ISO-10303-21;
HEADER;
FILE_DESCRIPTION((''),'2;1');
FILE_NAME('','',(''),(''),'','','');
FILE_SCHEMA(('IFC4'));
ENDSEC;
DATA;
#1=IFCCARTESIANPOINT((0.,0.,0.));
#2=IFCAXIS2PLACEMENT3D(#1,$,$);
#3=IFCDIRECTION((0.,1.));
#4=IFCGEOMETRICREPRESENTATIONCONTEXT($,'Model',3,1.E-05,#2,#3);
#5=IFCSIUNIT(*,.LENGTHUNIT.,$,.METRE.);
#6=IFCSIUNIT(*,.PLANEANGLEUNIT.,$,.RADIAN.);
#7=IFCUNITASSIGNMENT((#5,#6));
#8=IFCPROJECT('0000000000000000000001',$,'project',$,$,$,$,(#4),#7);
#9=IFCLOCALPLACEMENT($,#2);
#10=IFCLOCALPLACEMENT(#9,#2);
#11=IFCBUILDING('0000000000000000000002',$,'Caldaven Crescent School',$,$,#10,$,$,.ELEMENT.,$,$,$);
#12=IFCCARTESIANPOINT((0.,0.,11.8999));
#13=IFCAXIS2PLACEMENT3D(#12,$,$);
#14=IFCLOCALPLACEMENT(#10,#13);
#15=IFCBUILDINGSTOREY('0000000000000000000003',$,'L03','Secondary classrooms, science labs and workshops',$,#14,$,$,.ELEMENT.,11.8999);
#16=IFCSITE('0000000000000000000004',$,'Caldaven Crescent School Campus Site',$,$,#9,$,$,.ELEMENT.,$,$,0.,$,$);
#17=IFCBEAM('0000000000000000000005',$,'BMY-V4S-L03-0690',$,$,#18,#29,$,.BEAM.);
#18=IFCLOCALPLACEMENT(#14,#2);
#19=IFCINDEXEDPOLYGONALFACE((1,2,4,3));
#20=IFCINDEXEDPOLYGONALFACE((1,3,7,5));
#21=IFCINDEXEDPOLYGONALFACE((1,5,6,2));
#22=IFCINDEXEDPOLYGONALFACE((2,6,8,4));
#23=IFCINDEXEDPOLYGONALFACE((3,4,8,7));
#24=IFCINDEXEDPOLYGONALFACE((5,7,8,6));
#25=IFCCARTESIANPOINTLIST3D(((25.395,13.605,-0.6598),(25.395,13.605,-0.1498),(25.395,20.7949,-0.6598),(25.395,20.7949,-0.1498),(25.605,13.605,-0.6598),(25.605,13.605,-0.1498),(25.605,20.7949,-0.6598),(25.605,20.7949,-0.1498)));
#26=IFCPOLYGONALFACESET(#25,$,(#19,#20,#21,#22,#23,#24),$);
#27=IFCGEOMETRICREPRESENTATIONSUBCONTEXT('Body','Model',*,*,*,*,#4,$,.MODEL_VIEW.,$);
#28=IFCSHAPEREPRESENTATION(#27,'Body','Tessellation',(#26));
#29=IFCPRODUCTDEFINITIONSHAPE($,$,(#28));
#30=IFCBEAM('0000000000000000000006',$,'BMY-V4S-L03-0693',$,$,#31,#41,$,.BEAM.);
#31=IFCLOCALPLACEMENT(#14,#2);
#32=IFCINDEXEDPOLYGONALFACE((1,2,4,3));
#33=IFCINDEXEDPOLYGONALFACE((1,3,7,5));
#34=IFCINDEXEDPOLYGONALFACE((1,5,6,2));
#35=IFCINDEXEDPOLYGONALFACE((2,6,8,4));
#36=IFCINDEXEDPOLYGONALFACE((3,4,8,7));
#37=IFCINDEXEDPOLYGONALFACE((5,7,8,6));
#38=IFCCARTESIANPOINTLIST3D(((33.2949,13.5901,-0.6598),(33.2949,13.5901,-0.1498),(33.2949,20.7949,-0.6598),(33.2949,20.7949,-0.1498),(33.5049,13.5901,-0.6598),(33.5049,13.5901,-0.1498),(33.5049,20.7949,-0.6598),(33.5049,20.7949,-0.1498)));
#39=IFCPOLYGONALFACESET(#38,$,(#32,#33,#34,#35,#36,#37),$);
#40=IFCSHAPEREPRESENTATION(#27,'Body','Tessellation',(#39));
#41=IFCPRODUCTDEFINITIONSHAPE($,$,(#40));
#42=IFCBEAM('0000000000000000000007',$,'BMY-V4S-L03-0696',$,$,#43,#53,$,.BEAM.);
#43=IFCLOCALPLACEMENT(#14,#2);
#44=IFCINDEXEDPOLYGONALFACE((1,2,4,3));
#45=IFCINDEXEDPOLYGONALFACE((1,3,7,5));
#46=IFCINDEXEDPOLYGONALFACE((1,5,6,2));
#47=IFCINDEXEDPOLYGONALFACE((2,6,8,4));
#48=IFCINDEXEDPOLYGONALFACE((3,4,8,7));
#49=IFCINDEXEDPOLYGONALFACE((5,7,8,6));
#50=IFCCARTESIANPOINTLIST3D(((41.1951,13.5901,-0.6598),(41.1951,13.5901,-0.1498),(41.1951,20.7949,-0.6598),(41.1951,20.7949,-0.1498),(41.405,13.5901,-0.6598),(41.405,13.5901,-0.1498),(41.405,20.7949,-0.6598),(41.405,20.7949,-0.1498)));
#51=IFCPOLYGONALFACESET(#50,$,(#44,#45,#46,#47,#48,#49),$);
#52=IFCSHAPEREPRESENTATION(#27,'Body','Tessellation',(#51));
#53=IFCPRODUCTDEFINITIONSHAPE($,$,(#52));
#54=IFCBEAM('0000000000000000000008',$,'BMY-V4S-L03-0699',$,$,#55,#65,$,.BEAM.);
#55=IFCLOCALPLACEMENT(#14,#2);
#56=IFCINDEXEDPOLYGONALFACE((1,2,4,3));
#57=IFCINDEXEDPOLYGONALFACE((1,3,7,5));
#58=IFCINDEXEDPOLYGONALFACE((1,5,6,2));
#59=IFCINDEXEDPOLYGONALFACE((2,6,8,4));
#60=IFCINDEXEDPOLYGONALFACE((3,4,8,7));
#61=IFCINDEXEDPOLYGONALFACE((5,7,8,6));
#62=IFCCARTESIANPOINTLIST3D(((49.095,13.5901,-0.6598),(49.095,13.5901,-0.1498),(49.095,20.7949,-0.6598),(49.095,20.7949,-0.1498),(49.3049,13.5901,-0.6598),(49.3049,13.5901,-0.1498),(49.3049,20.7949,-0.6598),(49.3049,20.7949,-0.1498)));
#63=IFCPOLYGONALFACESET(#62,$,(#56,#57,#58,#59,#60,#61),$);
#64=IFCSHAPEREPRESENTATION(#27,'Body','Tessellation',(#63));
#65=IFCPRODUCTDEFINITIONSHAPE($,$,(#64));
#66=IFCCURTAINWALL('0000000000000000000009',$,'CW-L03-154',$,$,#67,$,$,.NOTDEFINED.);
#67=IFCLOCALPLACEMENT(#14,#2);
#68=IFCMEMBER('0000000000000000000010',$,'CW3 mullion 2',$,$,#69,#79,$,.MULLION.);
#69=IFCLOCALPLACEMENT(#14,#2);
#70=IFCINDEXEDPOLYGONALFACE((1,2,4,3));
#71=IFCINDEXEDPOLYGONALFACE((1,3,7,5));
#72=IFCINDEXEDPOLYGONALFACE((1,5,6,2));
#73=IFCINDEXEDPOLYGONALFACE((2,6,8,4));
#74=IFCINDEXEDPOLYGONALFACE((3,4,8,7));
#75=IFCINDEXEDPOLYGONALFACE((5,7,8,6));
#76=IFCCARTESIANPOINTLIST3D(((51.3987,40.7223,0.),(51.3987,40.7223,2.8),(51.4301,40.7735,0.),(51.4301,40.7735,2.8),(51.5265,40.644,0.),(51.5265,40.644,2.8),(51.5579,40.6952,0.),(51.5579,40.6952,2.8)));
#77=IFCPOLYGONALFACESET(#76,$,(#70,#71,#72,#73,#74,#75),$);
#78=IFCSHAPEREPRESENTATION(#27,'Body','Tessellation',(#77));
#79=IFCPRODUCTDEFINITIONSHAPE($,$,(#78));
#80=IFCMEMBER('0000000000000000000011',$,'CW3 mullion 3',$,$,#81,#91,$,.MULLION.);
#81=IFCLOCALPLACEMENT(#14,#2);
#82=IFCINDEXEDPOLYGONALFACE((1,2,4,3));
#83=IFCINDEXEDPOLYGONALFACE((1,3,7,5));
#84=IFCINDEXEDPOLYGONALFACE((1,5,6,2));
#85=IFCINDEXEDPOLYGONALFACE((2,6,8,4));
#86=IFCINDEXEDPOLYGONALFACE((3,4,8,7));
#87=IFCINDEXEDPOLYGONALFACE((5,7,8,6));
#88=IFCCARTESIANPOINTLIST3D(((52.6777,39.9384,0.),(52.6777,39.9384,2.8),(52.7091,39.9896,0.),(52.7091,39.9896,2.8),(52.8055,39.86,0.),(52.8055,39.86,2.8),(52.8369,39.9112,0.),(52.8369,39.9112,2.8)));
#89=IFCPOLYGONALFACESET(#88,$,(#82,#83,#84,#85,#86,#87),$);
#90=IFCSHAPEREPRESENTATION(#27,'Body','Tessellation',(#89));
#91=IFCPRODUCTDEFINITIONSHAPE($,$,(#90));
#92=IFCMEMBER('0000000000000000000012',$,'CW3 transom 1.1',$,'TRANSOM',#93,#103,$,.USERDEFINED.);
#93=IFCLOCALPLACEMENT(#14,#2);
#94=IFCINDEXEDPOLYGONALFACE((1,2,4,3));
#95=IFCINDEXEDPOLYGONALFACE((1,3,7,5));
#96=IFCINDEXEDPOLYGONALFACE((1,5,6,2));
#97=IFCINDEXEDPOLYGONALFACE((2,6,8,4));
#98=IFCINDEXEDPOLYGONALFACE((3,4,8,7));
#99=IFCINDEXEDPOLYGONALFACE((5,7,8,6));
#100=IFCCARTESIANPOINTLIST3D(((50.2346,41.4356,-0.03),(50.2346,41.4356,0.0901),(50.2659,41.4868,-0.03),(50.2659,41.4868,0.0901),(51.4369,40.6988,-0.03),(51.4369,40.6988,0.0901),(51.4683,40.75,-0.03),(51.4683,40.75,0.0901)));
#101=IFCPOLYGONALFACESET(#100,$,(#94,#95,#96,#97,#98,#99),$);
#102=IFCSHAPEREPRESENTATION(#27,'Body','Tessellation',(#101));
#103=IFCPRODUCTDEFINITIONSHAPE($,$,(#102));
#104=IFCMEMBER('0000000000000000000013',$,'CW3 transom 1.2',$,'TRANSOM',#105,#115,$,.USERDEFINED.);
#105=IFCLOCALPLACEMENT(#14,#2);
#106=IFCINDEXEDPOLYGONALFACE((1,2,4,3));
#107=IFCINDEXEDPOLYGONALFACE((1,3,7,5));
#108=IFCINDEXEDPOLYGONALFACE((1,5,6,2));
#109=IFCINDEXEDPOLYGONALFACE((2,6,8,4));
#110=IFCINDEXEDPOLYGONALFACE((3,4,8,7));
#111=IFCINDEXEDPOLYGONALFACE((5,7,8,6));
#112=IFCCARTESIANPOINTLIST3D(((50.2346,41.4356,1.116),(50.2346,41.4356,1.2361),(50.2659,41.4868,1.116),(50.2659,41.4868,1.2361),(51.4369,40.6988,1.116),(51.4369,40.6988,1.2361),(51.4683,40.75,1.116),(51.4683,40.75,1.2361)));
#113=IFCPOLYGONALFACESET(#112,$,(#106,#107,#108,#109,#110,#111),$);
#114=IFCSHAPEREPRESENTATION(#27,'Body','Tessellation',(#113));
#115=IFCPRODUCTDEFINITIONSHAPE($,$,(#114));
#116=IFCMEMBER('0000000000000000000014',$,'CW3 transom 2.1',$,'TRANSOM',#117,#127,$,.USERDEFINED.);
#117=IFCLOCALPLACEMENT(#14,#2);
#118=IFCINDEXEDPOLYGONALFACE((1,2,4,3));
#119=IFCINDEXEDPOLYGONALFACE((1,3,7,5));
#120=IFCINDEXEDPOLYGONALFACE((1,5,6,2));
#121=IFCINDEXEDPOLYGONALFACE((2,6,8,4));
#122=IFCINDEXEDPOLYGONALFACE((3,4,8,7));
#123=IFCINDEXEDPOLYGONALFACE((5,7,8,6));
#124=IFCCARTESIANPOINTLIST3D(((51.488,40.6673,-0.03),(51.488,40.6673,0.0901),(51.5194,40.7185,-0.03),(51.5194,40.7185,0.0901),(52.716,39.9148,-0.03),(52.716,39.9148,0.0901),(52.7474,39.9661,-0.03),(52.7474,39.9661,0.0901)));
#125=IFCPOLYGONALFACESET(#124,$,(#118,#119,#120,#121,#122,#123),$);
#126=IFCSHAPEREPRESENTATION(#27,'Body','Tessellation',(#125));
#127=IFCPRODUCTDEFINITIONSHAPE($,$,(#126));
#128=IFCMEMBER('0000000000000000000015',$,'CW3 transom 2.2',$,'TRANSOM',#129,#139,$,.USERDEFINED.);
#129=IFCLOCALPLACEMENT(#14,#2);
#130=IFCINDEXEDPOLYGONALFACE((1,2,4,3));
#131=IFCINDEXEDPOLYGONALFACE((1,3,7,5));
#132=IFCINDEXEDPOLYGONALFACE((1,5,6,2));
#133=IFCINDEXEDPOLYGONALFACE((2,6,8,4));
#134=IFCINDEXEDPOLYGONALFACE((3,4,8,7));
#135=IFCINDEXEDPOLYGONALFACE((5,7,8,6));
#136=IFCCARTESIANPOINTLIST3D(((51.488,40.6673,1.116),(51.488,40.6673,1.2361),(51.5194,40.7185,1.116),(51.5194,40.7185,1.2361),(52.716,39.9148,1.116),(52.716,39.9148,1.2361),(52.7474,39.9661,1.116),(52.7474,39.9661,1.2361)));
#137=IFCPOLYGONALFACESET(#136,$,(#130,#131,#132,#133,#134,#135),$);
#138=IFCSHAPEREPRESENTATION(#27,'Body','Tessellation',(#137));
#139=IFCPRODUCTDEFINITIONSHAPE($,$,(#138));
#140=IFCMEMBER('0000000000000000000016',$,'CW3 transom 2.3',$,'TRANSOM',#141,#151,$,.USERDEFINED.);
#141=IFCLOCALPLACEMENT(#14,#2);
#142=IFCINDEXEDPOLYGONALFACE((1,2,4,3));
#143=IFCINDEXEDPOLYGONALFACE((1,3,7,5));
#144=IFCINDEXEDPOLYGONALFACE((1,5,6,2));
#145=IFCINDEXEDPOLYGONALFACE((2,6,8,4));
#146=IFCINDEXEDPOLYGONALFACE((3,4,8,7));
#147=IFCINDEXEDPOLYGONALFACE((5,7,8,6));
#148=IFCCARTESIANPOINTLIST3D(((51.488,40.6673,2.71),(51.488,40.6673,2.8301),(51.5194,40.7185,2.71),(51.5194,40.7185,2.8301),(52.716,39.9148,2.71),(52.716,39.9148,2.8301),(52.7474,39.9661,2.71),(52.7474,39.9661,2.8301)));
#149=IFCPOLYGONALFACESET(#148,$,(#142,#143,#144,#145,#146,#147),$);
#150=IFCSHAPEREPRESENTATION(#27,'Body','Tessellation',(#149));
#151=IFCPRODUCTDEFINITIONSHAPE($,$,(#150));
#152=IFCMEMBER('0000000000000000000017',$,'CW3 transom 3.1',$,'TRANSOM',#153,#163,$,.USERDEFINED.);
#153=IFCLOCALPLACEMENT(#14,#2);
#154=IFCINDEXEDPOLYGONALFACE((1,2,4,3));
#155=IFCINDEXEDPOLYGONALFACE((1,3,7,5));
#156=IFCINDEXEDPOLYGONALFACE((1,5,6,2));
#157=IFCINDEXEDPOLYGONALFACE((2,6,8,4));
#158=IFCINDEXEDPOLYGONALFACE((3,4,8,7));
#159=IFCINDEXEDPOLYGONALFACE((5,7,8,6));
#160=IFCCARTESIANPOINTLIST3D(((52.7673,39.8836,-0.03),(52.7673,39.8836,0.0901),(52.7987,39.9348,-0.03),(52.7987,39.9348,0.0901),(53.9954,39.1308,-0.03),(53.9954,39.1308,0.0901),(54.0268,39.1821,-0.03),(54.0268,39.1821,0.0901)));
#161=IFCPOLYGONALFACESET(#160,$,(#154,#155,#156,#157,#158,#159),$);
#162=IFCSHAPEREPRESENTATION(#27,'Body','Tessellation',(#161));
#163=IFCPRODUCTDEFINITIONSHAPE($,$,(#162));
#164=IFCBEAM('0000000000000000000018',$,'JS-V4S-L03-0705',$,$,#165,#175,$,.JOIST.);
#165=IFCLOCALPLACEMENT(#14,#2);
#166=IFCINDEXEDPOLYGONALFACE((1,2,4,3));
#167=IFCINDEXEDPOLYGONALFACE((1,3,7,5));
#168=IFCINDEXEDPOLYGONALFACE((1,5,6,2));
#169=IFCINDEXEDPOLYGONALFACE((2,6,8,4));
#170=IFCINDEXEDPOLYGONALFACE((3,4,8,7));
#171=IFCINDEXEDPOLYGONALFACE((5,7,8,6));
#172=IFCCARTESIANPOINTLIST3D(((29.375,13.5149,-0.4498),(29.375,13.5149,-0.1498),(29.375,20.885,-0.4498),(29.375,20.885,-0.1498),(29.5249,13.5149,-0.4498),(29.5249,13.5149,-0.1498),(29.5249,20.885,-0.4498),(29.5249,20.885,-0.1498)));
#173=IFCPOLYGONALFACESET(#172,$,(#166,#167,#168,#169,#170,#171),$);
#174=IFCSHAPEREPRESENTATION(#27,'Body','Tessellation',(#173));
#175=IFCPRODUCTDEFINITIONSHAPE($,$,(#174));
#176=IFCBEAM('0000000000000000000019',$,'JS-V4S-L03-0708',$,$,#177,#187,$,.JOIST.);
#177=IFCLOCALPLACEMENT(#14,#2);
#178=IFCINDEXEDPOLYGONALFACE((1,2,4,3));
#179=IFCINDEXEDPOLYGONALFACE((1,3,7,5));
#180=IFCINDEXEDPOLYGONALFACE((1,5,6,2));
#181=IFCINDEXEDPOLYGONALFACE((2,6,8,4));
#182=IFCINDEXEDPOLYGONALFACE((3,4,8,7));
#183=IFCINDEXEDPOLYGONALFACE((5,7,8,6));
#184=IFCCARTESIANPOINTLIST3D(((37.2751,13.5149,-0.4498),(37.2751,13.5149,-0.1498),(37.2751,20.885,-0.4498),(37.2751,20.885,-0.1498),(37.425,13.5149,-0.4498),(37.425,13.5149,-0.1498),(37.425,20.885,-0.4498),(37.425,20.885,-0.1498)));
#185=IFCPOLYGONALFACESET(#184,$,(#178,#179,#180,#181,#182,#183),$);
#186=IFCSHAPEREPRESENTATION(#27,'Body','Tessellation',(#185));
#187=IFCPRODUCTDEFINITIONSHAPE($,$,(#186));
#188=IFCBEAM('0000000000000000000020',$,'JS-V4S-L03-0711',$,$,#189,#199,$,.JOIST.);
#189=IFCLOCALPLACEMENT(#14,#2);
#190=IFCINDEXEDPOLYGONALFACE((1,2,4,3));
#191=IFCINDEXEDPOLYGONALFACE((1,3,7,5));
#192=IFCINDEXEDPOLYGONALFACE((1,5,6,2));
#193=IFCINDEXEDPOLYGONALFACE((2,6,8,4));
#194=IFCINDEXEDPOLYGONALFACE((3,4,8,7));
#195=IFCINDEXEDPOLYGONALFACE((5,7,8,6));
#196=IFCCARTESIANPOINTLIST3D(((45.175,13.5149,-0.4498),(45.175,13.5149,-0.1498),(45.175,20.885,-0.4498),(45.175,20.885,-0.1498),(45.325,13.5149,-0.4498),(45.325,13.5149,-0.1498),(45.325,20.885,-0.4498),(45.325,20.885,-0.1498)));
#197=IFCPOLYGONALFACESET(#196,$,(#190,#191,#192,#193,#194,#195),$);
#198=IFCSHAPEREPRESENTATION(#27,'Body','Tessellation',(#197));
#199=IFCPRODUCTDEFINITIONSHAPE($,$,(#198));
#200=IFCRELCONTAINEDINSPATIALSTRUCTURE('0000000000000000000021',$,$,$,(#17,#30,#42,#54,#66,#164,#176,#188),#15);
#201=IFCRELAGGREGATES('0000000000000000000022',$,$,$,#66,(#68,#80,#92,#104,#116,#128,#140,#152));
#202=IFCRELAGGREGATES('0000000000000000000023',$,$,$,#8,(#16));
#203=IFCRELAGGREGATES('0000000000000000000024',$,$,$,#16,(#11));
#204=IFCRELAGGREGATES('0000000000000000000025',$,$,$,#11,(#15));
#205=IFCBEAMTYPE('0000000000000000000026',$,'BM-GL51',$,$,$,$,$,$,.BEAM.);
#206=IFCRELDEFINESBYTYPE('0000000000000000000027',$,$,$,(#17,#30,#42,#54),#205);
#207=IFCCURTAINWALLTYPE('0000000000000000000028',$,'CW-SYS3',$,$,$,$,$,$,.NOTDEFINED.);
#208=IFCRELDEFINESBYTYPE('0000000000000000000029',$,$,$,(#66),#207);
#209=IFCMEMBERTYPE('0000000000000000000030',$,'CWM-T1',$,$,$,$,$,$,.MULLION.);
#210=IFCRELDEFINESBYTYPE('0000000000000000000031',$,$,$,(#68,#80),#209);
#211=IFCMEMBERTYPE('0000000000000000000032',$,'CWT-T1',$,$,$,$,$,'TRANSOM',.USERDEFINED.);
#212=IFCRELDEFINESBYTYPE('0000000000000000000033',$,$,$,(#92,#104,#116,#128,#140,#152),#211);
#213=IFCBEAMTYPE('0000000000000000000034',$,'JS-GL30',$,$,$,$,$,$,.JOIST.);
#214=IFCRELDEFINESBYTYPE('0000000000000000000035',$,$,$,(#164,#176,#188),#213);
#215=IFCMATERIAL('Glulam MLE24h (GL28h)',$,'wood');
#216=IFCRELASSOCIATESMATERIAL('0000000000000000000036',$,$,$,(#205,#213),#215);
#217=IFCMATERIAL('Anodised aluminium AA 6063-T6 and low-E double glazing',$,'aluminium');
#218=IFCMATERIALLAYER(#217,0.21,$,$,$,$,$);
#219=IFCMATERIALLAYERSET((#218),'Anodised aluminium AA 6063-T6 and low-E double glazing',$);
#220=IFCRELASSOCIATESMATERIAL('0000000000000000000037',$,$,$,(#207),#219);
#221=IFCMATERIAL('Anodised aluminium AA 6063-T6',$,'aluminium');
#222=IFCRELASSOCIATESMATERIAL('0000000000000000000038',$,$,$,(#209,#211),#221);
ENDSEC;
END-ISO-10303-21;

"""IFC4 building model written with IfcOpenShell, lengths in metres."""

from ifc_helpers import new_model, si_unit, direction, frame, origin, origin_2d, place, context, subcontext, project, spatial, rectangle, extrude, material, layer, layer_set, material_profile, profile_set, type_object, element, aggregate, save


model = new_model("IFC4")

# Units and contexts
model_context = context("Model", 3, precision=1e-05, world=origin(), true_north=direction((0.0, 1.0)))
body_context = subcontext(model_context, "Body", "Model", "MODEL_VIEW")
ifc_project = project(units=[si_unit("LENGTHUNIT", "METRE"), si_unit("PLANEANGLEUNIT", "RADIAN")], contexts=[model_context])

# Site, building, storey
site_placement = place(None, origin())
site = spatial("IfcSite", under=ifc_project, at=site_placement, Name="Caldaven Crescent School Campus Site", CompositionType="ELEMENT", RefElevation=0.0)
building_placement = place(site_placement, origin())
building = spatial("IfcBuilding", under=site, at=building_placement, Name="Caldaven Crescent School", CompositionType="ELEMENT")
storey_placement = place(building_placement, frame((0.0, 0.0, 11.8999)))
storey = spatial("IfcBuildingStorey", under=building, at=storey_placement, Name="L03", Description="Secondary classrooms, science labs and workshops", CompositionType="ELEMENT", Elevation=11.8999)

# Beams
ifc_material_1 = material(Name="Glulam MLE24h (GL28h)", Category="wood")
ifc_material_profile_1 = material_profile(ifc_material_1, rectangle(XDim=0.21, YDim=0.51, at=origin_2d()), Name="MLE 210x510")
ifc_profile_set_1 = profile_set([ifc_material_profile_1], Name="Glulam MLE24h (GL28h)")
beam_type_1 = type_object("IfcBeamType", Name="BM-GL51", PredefinedType="BEAM", material=ifc_profile_set_1)
beam_1_placement = place(storey_placement, frame((25.5, 13.605, -0.4048), z_axis=(0.0, 1.0, 0.0), x_axis=(-1.0, 0.0, 0.0)))
element("IfcBeam", 1, at=beam_1_placement, inside=storey, type_object=beam_type_1, Name="BMY-V4S-L03-0690", PredefinedType="BEAM", context=body_context, shape_type="SweptSolid", body=[
    extrude(rectangle(XDim=0.21, YDim=0.51, at=origin_2d()), origin(), (0.0, 0.0, 1.0), 7.1899),
])
for number, where, z_axis, x_axis, name in (
    (2, (33.3999, 13.5901, -0.4048), (0.0, 1.0, 0.0), (-1.0, 0.0, 0.0), "BMY-V4S-L03-0693"),
    (3, (41.3, 13.5901, -0.4048), (0.0, 1.0, 0.0), (-1.0, 0.0, 0.0), "BMY-V4S-L03-0696"),
    (4, (49.2, 13.5901, -0.4048), (0.0, 1.0, 0.0), (-1.0, 0.0, 0.0), "BMY-V4S-L03-0699"),
):
    element("IfcBeam", number, at=place(storey_placement, frame(where, z_axis=z_axis, x_axis=x_axis)), inside=storey, type_object=beam_type_1, Name=name, PredefinedType="BEAM", context=body_context, shape_type="SweptSolid", body=[
        extrude(rectangle(XDim=0.21, YDim=0.51, at=origin_2d()), origin(), (0.0, 0.0, 1.0), 7.2048),
    ])

# Curtain wall, members
ifc_material_2 = material(Name="Anodised aluminium AA 6063-T6 and low-E double glazing", Category="aluminium")
ifc_layer_1 = layer(ifc_material_2, 0.21)
ifc_layer_set_1 = layer_set([ifc_layer_1], Name="Anodised aluminium AA 6063-T6 and low-E double glazing")
curtain_wall_type = type_object("IfcCurtainWallType", Name="CW-SYS3", PredefinedType="NOTDEFINED", material=ifc_layer_set_1)
curtain_wall_placement = place(storey_placement, origin())
curtain_wall = element("IfcCurtainWall", 5, at=curtain_wall_placement, inside=storey, type_object=curtain_wall_type, Name="CW-L03-154", PredefinedType="NOTDEFINED")
ifc_material_3 = material(Name="Anodised aluminium AA 6063-T6", Category="aluminium")
ifc_material_profile_2 = material_profile(ifc_material_3, rectangle(XDim=0.0601, YDim=0.1499, at=origin_2d()), Name="CWM 60x150")
ifc_profile_set_2 = profile_set([ifc_material_profile_2], Name="Anodised aluminium AA 6063-T6")
member_type_1 = type_object("IfcMemberType", Name="CWM-T1", PredefinedType="MULLION", material=ifc_profile_set_2)
member_1_placement = place(storey_placement, frame((51.4783, 40.7087, 0.0), z_axis=(0.0, 0.0, 1.0), x_axis=(0.522498, 0.85264, 0.0)))
member_1 = element("IfcMember", 6, at=member_1_placement, type_object=member_type_1, Name="CW3 mullion 2", PredefinedType="MULLION", context=body_context, shape_type="SweptSolid", body=[
    extrude(rectangle(XDim=0.0601, YDim=0.1499, at=origin_2d()), origin(), (0.0, 0.0, 1.0), 2.8),
])
member_2_placement = place(storey_placement, frame((52.7573, 39.9248, 0.0), z_axis=(0.0, 0.0, 1.0), x_axis=(0.522498, 0.85264, 0.0)))
member_2 = element("IfcMember", 7, at=member_2_placement, type_object=member_type_1, Name="CW3 mullion 3", PredefinedType="MULLION", context=body_context, shape_type="SweptSolid", body=[
    extrude(rectangle(XDim=0.0601, YDim=0.1499, at=origin_2d()), origin(), (0.0, 0.0, 1.0), 2.8),
])
ifc_material_profile_3 = material_profile(ifc_material_3, rectangle(XDim=0.0601, YDim=0.1201, at=origin_2d()), Name="CWT 60x120")
ifc_profile_set_3 = profile_set([ifc_material_profile_3], Name="Anodised aluminium AA 6063-T6")
member_type_2 = type_object("IfcMemberType", Name="CWT-T1", ElementType="TRANSOM", PredefinedType="USERDEFINED", material=ifc_profile_set_3)
member_3_placement = place(storey_placement, frame((50.2502, 41.4612, 0.03), z_axis=(0.852644, -0.522493, 0.0), x_axis=(0.522493, 0.852644, 0.0)))
member_3 = element("IfcMember", 8, at=member_3_placement, type_object=member_type_2, Name="CW3 transom 1.1", ObjectType="TRANSOM", PredefinedType="USERDEFINED", context=body_context, shape_type="SweptSolid", body=[
    extrude(rectangle(XDim=0.0601, YDim=0.1201, at=origin_2d()), origin(), (0.0, 0.0, 1.0), 1.4102),
])
member_4_placement = place(storey_placement, frame((50.2502, 41.4612, 1.176), z_axis=(0.852644, -0.522493, 0.0), x_axis=(0.522493, 0.852644, 0.0)))
member_4 = element("IfcMember", 9, at=member_4_placement, type_object=member_type_2, Name="CW3 transom 1.2", ObjectType="TRANSOM", PredefinedType="USERDEFINED", context=body_context, shape_type="SweptSolid", body=[
    extrude(rectangle(XDim=0.0601, YDim=0.1201, at=origin_2d()), origin(), (0.0, 0.0, 1.0), 1.4102),
])
member_5_placement = place(storey_placement, frame((51.5037, 40.6929, 0.03), z_axis=(0.852669, -0.522451, 0.0), x_axis=(0.522451, 0.852669, 0.0)))
member_5 = element("IfcMember", 10, at=member_5_placement, type_object=member_type_2, Name="CW3 transom 2.1", ObjectType="TRANSOM", PredefinedType="USERDEFINED", context=body_context, shape_type="SweptSolid", body=[
    extrude(rectangle(XDim=0.0601, YDim=0.1201, at=origin_2d()), origin(), (0.0, 0.0, 1.0), 1.4402),
])
member_6_placement = place(storey_placement, frame((51.5037, 40.6929, 1.176), z_axis=(0.852669, -0.522451, 0.0), x_axis=(0.522451, 0.852669, 0.0)))
member_6 = element("IfcMember", 11, at=member_6_placement, type_object=member_type_2, Name="CW3 transom 2.2", ObjectType="TRANSOM", PredefinedType="USERDEFINED", context=body_context, shape_type="SweptSolid", body=[
    extrude(rectangle(XDim=0.0601, YDim=0.1201, at=origin_2d()), origin(), (0.0, 0.0, 1.0), 1.4402),
])
member_7_placement = place(storey_placement, frame((51.5037, 40.6929, 2.77), z_axis=(0.852669, -0.522451, 0.0), x_axis=(0.522451, 0.852669, 0.0)))
member_7 = element("IfcMember", 12, at=member_7_placement, type_object=member_type_2, Name="CW3 transom 2.3", ObjectType="TRANSOM", PredefinedType="USERDEFINED", context=body_context, shape_type="SweptSolid", body=[
    extrude(rectangle(XDim=0.0601, YDim=0.1201, at=origin_2d()), origin(), (0.0, 0.0, 1.0), 1.4402),
])
member_8_placement = place(storey_placement, frame((52.783, 39.9092, 0.03), z_axis=(0.852594, -0.522574, 0.0), x_axis=(0.522574, 0.852594, 0.0)))
member_8 = element("IfcMember", 13, at=member_8_placement, type_object=member_type_2, Name="CW3 transom 3.1", ObjectType="TRANSOM", PredefinedType="USERDEFINED", context=body_context, shape_type="SweptSolid", body=[
    extrude(rectangle(XDim=0.0601, YDim=0.1201, at=origin_2d()), origin(), (0.0, 0.0, 1.0), 1.4404),
])

# Beams
ifc_material_profile_4 = material_profile(ifc_material_1, rectangle(XDim=0.1499, YDim=0.3, at=origin_2d()), Name="MLE 150x300")
ifc_profile_set_4 = profile_set([ifc_material_profile_4], Name="Glulam MLE24h (GL28h)")
beam_type_2 = type_object("IfcBeamType", Name="JS-GL30", PredefinedType="JOIST", material=ifc_profile_set_4)
for number, where, z_axis, x_axis, name in (
    (14, (29.45, 13.5149, -0.2998), (0.0, 1.0, 0.0), (-1.0, 0.0, 0.0), "JS-V4S-L03-0705"),
    (15, (37.3501, 13.5149, -0.2998), (0.0, 1.0, 0.0), (-1.0, 0.0, 0.0), "JS-V4S-L03-0708"),
    (16, (45.25, 13.5149, -0.2998), (0.0, 1.0, 0.0), (-1.0, 0.0, 0.0), "JS-V4S-L03-0711"),
):
    element("IfcBeam", number, at=place(storey_placement, frame(where, z_axis=z_axis, x_axis=x_axis)), inside=storey, type_object=beam_type_2, Name=name, PredefinedType="JOIST", context=body_context, shape_type="SweptSolid", body=[
        extrude(rectangle(XDim=0.1499, YDim=0.3, at=origin_2d()), origin(), (0.0, 0.0, 1.0), 7.3701),
    ])

aggregate(curtain_wall, [member_1, member_2, member_3, member_4, member_5, member_6, member_7, member_8])

save(model, "model.ifc")
